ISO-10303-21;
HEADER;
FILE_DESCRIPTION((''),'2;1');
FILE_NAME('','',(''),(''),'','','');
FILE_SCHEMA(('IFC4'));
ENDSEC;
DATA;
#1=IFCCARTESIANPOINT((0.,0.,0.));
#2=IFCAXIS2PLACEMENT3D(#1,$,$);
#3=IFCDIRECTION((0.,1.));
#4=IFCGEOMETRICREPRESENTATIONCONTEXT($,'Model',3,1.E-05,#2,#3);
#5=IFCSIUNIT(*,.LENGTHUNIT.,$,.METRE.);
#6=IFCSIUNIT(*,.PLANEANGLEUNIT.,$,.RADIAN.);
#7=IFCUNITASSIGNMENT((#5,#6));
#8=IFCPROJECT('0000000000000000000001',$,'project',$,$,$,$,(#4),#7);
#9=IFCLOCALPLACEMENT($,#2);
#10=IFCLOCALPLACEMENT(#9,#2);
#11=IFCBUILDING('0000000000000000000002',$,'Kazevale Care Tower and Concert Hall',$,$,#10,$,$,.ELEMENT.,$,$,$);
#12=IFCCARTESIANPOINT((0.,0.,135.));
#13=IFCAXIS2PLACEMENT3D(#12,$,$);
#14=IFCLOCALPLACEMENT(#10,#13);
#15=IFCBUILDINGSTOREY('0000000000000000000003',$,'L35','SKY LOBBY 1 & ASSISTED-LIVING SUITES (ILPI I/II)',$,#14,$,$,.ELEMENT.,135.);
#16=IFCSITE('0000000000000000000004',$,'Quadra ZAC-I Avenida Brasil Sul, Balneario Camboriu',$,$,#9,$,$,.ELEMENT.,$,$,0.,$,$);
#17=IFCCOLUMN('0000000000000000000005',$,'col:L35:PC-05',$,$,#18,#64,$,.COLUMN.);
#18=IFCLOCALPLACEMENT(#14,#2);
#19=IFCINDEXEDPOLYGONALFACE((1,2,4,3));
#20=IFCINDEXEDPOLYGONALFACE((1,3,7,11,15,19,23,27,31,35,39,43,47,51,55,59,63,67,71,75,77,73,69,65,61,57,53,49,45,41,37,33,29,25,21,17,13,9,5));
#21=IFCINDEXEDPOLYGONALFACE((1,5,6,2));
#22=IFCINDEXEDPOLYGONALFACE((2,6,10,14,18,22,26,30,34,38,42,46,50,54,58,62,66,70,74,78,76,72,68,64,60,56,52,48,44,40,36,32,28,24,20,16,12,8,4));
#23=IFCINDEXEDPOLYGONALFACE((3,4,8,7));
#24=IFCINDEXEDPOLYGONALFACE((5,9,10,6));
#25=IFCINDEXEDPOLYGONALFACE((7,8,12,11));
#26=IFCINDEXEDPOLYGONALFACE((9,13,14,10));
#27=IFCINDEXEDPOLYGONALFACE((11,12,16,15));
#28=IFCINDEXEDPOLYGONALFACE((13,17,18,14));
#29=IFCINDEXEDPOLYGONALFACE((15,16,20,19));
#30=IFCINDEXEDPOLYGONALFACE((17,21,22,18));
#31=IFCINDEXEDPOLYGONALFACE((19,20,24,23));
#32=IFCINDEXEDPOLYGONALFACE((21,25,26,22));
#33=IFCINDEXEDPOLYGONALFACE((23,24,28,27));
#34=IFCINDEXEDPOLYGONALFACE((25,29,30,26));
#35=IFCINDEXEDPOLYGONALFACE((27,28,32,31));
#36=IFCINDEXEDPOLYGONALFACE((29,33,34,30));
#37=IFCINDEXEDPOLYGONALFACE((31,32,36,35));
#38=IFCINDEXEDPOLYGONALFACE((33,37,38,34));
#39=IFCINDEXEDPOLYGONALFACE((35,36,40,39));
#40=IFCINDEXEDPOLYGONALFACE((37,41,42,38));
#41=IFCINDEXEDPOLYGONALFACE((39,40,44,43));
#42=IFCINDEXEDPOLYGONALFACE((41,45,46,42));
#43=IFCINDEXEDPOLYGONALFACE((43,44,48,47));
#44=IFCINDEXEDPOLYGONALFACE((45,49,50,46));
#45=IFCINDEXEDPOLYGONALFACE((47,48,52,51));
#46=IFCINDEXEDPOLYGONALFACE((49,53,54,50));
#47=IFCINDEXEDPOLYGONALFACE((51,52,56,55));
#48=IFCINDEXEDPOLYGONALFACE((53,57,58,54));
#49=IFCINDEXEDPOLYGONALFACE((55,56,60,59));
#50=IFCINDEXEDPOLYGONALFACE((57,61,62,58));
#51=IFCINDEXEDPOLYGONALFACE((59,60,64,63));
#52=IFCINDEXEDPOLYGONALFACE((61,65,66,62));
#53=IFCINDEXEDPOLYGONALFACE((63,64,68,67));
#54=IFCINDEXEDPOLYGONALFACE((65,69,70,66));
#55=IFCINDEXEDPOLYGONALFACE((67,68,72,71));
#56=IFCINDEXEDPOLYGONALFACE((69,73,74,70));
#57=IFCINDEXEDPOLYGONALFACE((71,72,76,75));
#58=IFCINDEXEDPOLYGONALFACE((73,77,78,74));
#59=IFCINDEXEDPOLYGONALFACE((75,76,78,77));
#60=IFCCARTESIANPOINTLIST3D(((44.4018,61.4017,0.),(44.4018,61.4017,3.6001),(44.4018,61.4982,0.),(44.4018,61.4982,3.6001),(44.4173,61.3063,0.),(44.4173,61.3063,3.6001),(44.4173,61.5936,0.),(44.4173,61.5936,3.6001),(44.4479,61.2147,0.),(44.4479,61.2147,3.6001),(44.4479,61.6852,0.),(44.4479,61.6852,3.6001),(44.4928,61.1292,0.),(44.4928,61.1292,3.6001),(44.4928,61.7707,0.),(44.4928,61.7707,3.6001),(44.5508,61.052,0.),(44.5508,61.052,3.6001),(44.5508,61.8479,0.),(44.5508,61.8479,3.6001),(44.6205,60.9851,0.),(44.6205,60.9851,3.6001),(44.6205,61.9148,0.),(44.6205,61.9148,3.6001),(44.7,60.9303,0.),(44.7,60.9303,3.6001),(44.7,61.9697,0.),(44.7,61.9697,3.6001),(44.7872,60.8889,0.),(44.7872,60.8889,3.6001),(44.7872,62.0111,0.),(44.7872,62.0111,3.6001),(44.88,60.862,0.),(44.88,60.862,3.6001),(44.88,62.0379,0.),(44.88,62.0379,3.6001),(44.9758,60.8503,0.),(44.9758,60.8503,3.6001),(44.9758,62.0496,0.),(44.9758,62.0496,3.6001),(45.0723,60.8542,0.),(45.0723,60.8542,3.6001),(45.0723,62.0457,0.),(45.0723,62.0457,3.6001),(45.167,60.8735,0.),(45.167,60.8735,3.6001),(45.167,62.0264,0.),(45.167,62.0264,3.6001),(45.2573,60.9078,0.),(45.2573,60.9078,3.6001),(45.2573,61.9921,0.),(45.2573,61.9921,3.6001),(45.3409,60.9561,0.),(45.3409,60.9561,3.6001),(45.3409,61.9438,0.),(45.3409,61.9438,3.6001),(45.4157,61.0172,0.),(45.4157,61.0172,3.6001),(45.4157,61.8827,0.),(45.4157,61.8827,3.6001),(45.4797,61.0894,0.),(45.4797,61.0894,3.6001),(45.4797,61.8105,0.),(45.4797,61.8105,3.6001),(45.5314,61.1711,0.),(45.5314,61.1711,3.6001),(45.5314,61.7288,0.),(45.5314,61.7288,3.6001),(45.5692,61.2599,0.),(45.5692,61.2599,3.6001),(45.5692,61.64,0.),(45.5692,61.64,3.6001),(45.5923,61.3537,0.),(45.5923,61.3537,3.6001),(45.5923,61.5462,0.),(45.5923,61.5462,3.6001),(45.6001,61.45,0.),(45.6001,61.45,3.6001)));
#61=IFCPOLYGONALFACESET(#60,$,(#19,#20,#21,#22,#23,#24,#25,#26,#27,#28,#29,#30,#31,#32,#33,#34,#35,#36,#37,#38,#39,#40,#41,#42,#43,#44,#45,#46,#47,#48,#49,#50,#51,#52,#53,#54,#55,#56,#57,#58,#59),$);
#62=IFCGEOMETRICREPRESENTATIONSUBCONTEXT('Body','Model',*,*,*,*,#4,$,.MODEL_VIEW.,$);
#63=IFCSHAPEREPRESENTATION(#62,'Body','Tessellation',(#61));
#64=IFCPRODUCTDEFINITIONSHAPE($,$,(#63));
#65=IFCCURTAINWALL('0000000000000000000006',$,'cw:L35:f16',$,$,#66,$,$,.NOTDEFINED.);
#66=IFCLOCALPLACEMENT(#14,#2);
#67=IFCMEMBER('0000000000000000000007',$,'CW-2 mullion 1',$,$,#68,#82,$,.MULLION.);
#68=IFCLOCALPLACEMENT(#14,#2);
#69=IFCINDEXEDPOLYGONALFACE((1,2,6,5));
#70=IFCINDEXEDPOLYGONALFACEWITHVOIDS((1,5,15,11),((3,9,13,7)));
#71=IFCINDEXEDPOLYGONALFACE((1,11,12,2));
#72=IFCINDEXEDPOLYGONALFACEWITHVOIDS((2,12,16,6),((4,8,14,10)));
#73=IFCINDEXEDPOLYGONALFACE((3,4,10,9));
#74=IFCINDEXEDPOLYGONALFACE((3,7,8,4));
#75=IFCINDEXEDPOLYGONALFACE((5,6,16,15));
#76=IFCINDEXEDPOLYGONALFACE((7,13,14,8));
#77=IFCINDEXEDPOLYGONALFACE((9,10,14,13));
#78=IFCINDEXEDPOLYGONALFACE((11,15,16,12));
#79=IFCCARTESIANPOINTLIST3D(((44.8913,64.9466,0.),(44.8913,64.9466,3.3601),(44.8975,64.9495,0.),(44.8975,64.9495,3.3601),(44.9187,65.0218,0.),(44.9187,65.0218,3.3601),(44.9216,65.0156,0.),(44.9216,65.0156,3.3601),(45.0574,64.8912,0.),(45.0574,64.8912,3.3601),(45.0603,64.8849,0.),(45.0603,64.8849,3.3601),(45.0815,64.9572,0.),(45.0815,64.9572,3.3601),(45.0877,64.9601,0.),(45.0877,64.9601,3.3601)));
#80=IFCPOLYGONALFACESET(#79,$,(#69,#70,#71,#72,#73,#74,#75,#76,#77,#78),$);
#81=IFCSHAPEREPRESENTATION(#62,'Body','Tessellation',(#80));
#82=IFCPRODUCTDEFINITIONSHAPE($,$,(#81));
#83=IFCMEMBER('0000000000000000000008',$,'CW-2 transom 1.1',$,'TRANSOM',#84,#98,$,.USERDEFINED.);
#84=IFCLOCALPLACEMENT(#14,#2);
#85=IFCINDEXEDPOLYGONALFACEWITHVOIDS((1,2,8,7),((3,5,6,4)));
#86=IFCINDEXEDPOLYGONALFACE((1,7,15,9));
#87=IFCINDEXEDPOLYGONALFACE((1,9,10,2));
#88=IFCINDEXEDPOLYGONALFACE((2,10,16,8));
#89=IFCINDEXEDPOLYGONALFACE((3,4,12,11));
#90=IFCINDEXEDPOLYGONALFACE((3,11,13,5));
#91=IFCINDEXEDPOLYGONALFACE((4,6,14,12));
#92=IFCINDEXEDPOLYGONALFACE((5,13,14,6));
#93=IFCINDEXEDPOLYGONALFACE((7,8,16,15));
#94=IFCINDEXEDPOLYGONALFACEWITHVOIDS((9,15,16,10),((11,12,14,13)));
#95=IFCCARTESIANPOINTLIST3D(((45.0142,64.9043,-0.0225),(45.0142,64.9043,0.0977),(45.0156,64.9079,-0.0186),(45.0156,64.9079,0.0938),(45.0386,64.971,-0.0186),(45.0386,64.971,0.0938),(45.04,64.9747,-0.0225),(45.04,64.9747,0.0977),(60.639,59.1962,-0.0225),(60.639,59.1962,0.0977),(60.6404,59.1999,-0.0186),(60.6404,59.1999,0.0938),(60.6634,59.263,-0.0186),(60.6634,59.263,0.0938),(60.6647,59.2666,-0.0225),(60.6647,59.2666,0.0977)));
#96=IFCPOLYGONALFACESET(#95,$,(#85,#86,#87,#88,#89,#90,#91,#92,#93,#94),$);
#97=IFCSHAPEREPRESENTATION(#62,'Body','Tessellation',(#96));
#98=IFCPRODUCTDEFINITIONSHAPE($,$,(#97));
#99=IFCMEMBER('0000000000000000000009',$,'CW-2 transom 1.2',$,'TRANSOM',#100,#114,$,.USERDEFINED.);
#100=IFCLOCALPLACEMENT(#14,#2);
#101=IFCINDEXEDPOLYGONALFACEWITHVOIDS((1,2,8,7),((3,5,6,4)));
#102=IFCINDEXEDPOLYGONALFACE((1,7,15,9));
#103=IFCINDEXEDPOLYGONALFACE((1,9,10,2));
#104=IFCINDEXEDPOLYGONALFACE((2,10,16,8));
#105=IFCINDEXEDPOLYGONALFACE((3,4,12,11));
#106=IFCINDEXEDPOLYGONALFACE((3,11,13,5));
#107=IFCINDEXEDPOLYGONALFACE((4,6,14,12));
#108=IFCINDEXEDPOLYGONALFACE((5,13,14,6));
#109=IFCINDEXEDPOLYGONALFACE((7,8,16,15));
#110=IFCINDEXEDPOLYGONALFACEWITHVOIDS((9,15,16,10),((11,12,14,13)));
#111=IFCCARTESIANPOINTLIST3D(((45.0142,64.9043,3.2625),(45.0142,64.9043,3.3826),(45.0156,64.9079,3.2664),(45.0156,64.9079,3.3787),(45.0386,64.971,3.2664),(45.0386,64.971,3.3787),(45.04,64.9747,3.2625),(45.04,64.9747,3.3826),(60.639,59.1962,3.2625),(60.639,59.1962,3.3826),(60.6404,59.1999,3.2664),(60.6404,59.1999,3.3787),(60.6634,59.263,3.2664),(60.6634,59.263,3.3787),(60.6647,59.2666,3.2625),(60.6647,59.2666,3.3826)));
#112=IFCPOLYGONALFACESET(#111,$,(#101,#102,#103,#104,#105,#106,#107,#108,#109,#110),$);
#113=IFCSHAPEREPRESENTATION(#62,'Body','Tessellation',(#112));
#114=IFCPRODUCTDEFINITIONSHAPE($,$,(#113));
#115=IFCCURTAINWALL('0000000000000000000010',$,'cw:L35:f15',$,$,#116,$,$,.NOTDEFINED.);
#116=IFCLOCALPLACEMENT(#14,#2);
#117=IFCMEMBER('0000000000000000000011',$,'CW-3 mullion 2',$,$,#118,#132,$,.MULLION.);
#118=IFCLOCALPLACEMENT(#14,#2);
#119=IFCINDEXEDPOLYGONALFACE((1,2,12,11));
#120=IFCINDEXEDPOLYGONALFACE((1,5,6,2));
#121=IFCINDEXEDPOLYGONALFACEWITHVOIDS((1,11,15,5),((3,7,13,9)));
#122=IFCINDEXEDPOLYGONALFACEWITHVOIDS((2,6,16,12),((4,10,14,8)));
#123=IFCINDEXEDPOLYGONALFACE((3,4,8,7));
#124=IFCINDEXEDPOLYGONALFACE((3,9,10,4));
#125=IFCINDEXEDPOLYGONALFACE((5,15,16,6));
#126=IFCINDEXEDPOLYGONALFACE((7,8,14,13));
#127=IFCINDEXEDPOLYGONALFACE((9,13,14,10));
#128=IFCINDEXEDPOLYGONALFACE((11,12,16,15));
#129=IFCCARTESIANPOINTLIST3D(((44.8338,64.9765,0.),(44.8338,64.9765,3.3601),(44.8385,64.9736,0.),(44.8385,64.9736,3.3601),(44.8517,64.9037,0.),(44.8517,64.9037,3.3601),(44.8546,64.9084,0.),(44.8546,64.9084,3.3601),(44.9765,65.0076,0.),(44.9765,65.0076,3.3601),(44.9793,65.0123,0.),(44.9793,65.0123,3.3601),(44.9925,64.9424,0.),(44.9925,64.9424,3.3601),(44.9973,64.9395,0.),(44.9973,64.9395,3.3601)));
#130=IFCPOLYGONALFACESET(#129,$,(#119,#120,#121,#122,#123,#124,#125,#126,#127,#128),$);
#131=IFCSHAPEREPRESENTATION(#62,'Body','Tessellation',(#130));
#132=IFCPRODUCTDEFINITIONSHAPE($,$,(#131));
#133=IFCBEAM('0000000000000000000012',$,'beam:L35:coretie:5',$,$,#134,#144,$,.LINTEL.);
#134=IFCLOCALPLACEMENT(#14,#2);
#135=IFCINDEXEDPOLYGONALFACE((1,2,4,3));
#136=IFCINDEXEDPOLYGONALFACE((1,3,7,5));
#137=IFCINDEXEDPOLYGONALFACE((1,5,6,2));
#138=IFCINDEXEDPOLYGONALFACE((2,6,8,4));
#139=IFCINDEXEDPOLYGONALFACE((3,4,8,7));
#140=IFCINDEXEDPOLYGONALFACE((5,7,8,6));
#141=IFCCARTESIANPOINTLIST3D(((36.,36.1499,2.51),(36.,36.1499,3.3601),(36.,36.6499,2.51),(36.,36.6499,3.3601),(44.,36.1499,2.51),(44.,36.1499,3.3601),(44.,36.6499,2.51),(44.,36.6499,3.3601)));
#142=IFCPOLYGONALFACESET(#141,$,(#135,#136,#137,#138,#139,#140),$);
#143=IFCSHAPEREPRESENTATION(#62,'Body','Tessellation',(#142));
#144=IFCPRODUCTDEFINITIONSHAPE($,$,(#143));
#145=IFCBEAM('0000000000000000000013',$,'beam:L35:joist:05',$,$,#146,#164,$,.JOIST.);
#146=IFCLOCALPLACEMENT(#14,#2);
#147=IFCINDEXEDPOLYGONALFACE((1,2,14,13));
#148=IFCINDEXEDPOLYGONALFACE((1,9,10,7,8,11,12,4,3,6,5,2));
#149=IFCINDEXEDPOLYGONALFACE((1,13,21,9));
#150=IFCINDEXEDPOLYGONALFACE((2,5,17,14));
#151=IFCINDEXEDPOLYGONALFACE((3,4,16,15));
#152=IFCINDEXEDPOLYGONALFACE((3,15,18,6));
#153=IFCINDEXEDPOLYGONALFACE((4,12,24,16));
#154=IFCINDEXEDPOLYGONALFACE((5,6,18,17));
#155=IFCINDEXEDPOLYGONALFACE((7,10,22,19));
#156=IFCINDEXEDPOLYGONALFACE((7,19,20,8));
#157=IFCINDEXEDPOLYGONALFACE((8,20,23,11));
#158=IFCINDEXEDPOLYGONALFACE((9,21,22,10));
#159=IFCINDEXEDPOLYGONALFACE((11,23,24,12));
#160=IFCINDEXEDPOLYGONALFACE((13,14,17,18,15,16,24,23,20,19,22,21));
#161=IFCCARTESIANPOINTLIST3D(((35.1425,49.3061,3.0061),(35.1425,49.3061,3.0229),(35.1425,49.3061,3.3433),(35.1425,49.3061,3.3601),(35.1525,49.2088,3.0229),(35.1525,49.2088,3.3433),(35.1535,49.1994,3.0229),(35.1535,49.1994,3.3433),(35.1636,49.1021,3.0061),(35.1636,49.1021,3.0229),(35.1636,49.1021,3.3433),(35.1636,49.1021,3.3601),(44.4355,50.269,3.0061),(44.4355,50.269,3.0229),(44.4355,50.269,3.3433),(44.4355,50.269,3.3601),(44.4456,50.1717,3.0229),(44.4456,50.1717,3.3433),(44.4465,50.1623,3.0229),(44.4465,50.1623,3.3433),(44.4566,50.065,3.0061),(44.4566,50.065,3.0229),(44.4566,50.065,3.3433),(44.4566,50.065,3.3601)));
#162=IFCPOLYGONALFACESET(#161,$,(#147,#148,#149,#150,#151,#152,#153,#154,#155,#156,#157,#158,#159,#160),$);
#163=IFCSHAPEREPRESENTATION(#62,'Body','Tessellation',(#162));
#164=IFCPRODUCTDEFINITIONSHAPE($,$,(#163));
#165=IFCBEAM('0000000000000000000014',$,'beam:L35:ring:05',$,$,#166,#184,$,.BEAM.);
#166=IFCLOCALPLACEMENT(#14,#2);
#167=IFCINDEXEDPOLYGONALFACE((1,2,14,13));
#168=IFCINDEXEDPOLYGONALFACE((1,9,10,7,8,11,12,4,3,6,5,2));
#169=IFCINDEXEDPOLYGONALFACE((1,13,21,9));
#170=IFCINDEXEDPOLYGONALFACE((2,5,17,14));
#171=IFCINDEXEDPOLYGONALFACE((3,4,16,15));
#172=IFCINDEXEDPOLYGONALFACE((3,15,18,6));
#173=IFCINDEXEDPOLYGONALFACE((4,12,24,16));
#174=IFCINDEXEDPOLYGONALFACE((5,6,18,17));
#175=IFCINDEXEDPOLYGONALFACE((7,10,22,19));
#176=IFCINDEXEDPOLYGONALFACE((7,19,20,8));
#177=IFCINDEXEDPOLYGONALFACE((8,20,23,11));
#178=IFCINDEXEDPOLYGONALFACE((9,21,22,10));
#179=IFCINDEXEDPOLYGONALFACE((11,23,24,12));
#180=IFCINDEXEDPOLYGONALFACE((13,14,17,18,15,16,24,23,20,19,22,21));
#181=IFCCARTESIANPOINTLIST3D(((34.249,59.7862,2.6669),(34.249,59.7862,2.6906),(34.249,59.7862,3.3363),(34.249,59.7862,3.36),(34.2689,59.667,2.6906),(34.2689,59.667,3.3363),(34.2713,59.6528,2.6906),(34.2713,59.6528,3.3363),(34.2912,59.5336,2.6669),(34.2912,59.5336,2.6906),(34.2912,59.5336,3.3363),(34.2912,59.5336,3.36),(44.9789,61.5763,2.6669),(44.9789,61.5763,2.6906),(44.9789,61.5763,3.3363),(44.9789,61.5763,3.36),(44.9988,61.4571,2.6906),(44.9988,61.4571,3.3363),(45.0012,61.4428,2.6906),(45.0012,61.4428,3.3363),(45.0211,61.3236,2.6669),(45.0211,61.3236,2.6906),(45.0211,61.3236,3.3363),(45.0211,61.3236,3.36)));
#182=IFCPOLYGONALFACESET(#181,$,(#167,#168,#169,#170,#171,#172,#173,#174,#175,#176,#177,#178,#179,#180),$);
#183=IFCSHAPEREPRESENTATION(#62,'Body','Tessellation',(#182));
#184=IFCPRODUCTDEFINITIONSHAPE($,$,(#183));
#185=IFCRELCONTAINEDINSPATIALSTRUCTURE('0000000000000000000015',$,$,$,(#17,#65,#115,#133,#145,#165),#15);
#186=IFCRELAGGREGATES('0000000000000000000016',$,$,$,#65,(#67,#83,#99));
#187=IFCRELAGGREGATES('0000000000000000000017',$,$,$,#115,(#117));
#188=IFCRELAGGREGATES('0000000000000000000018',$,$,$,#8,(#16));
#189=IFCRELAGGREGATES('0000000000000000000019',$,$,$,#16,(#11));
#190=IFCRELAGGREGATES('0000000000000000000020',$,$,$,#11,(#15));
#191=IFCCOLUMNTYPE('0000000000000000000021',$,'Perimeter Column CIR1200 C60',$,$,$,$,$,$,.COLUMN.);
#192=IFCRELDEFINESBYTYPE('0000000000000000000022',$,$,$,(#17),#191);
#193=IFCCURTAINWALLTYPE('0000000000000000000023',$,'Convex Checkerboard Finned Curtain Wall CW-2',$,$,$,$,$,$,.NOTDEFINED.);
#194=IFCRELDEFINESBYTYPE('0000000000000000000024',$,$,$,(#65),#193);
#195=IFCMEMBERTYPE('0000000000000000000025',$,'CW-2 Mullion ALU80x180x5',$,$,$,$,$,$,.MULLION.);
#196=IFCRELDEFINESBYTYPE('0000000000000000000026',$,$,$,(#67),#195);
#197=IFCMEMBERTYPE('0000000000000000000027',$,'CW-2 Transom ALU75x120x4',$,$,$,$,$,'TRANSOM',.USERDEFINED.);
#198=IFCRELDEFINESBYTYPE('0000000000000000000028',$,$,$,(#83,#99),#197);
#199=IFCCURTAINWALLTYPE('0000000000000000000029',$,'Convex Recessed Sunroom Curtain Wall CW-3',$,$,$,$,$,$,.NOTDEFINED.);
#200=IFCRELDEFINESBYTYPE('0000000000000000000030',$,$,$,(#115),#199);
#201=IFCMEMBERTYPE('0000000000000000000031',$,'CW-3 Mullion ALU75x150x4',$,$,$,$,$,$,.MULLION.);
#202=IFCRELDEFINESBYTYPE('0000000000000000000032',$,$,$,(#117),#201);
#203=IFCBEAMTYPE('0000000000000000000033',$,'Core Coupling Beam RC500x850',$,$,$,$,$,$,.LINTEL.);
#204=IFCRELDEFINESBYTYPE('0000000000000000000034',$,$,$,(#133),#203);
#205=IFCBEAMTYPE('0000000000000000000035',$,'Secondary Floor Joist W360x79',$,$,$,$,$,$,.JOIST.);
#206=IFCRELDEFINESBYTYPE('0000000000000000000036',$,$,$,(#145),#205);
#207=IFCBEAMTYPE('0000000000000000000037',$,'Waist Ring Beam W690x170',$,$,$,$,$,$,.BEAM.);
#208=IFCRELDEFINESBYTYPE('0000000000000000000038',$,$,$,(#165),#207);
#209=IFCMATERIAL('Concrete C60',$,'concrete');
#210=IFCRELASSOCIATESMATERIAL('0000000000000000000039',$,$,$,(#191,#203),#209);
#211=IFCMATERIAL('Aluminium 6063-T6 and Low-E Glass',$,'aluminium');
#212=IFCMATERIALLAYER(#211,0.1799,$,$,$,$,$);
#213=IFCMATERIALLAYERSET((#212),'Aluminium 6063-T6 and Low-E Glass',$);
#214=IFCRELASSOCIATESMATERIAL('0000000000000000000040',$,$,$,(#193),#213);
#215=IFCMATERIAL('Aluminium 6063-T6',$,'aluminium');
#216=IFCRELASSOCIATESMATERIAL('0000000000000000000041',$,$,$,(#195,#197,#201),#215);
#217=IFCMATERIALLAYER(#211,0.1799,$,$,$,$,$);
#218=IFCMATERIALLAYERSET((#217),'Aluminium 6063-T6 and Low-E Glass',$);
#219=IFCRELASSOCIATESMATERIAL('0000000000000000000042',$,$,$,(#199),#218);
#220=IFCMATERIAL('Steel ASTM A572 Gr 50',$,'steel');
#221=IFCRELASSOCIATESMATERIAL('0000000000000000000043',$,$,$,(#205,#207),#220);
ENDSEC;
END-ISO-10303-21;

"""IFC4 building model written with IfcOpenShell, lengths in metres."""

from ifc_helpers import new_model, si_unit, direction, frame, origin, origin_2d, place, context, subcontext, project, spatial, rectangle, hollow_rectangle, circle, i_section, extrude, material, layer, layer_set, material_profile, profile_set, type_object, element, aggregate, save


model = new_model("IFC4")

# Units and contexts
model_context = context("Model", 3, precision=1e-05, world=origin(), true_north=direction((0.0, 1.0)))
body_context = subcontext(model_context, "Body", "Model", "MODEL_VIEW")
ifc_project = project(units=[si_unit("LENGTHUNIT", "METRE"), si_unit("PLANEANGLEUNIT", "RADIAN")], contexts=[model_context])

# Site, building, storey
site_placement = place(None, origin())
site = spatial("IfcSite", under=ifc_project, at=site_placement, Name="Quadra ZAC-I Avenida Brasil Sul, Balneario Camboriu", CompositionType="ELEMENT", RefElevation=0.0)
building_placement = place(site_placement, origin())
building = spatial("IfcBuilding", under=site, at=building_placement, Name="Kazevale Care Tower and Concert Hall", CompositionType="ELEMENT")
storey_placement = place(building_placement, frame((0.0, 0.0, 135.0)))
storey = spatial("IfcBuildingStorey", under=building, at=storey_placement, Name="L35", Description="SKY LOBBY 1 & ASSISTED-LIVING SUITES (ILPI I/II)", CompositionType="ELEMENT", Elevation=135.0)

# Column
ifc_material_1 = material(Name="Concrete C60", Category="concrete")
ifc_material_profile_1 = material_profile(ifc_material_1, circle(Radius=0.6001, at=origin_2d()), Name="RC-CIR1200")
ifc_profile_set_1 = profile_set([ifc_material_profile_1], Name="Concrete C60")
column_type = type_object("IfcColumnType", Name="Perimeter Column CIR1200 C60", PredefinedType="COLUMN", material=ifc_profile_set_1)
column_placement = place(storey_placement, frame((45.0, 61.45, 0.0), z_axis=(0.0, 0.0, 1.0), x_axis=(1.0, 0.0, 0.0)))
element("IfcColumn", 1, at=column_placement, inside=storey, type_object=column_type, Name="col:L35:PC-05", PredefinedType="COLUMN", context=body_context, shape_type="SweptSolid", body=[
    extrude(circle(Radius=0.6001, at=origin_2d()), origin(), (0.0, 0.0, 1.0), 3.6001),
])

# Curtain wall, members
ifc_material_2 = material(Name="Aluminium 6063-T6 and Low-E Glass", Category="aluminium")
ifc_layer_1 = layer(ifc_material_2, 0.1799)
ifc_layer_set_1 = layer_set([ifc_layer_1], Name="Aluminium 6063-T6 and Low-E Glass")
curtain_wall_type_1 = type_object("IfcCurtainWallType", Name="Convex Checkerboard Finned Curtain Wall CW-2", PredefinedType="NOTDEFINED", material=ifc_layer_set_1)
curtain_wall_1_placement = place(storey_placement, origin())
curtain_wall_1 = element("IfcCurtainWall", 2, at=curtain_wall_1_placement, inside=storey, type_object=curtain_wall_type_1, Name="cw:L35:f16", PredefinedType="NOTDEFINED")
ifc_material_3 = material(Name="Aluminium 6063-T6", Category="aluminium")
ifc_material_profile_2 = material_profile(ifc_material_3, hollow_rectangle(XDim=0.0801, YDim=0.1799, WallThickness=0.0049, at=origin_2d()), Name="ALU80x180x5")
ifc_profile_set_2 = profile_set([ifc_material_profile_2], Name="Aluminium 6063-T6")
member_type_1 = type_object("IfcMemberType", Name="CW-2 Mullion ALU80x180x5", PredefinedType="MULLION", material=ifc_profile_set_2)
member_1_placement = place(storey_placement, frame((44.9895, 64.9534, 0.0), z_axis=(0.0, 0.0, 1.0), x_axis=(0.343143, 0.939283, 0.0)))
member_1 = element("IfcMember", 3, at=member_1_placement, type_object=member_type_1, Name="CW-2 mullion 1", PredefinedType="MULLION", context=body_context, shape_type="SweptSolid", body=[
    extrude(hollow_rectangle(XDim=0.0801, YDim=0.1799, WallThickness=0.0049, at=origin_2d()), origin(), (0.0, 0.0, 1.0), 3.3601),
])
ifc_material_profile_3 = material_profile(ifc_material_3, hollow_rectangle(XDim=0.075, YDim=0.1201, WallThickness=0.0039, at=origin_2d()), Name="ALU75x120x4")
ifc_profile_set_3 = profile_set([ifc_material_profile_3], Name="Aluminium 6063-T6")
member_type_2 = type_object("IfcMemberType", Name="CW-2 Transom ALU75x120x4", ElementType="TRANSOM", PredefinedType="USERDEFINED", material=ifc_profile_set_3)
member_2_placement = place(storey_placement, frame((45.0271, 64.9395, 0.0376), z_axis=(0.939285, -0.343138, 0.0), x_axis=(0.343138, 0.939285, 0.0)))
member_2 = element("IfcMember", 4, at=member_2_placement, type_object=member_type_2, Name="CW-2 transom 1.1", ObjectType="TRANSOM", PredefinedType="USERDEFINED", context=body_context, shape_type="SweptSolid", body=[
    extrude(hollow_rectangle(XDim=0.075, YDim=0.1201, WallThickness=0.0039, at=origin_2d()), origin(), (0.0, 0.0, 1.0), 16.6348),
])
member_3_placement = place(storey_placement, frame((45.0271, 64.9395, 3.3225), z_axis=(0.939285, -0.343138, 0.0), x_axis=(0.343138, 0.939285, 0.0)))
member_3 = element("IfcMember", 5, at=member_3_placement, type_object=member_type_2, Name="CW-2 transom 1.2", ObjectType="TRANSOM", PredefinedType="USERDEFINED", context=body_context, shape_type="SweptSolid", body=[
    extrude(hollow_rectangle(XDim=0.075, YDim=0.1201, WallThickness=0.0039, at=origin_2d()), origin(), (0.0, 0.0, 1.0), 16.6348),
])
aggregate(curtain_wall_1, [member_1, member_2, member_3])

# Curtain wall, member
ifc_layer_2 = layer(ifc_material_2, 0.1799)
ifc_layer_set_2 = layer_set([ifc_layer_2], Name="Aluminium 6063-T6 and Low-E Glass")
curtain_wall_type_2 = type_object("IfcCurtainWallType", Name="Convex Recessed Sunroom Curtain Wall CW-3", PredefinedType="NOTDEFINED", material=ifc_layer_set_2)
curtain_wall_2_placement = place(storey_placement, origin())
curtain_wall_2 = element("IfcCurtainWall", 6, at=curtain_wall_2_placement, inside=storey, type_object=curtain_wall_type_2, Name="cw:L35:f15", PredefinedType="NOTDEFINED")
ifc_material_profile_4 = material_profile(ifc_material_3, hollow_rectangle(XDim=0.075, YDim=0.1499, WallThickness=0.0039, at=origin_2d()), Name="ALU75x150x4")
ifc_profile_set_4 = profile_set([ifc_material_profile_4], Name="Aluminium 6063-T6")
member_type_3 = type_object("IfcMemberType", Name="CW-3 Mullion ALU75x150x4", PredefinedType="MULLION", material=ifc_profile_set_4)
member_4_placement = place(storey_placement, frame((44.9155, 64.958, 0.0), z_axis=(0.0, 0.0, 1.0), x_axis=(-0.239089, 0.970998, 0.0)))
member_4 = element("IfcMember", 7, at=member_4_placement, type_object=member_type_3, Name="CW-3 mullion 2", PredefinedType="MULLION", context=body_context, shape_type="SweptSolid", body=[
    extrude(hollow_rectangle(XDim=0.075, YDim=0.1499, WallThickness=0.0039, at=origin_2d()), origin(), (0.0, 0.0, 1.0), 3.3601),
])

# Beams
ifc_material_profile_5 = material_profile(ifc_material_1, rectangle(XDim=0.5, YDim=0.8501, at=origin_2d()), Name="RC-B500x850")
ifc_profile_set_5 = profile_set([ifc_material_profile_5], Name="Concrete C60")
beam_type_1 = type_object("IfcBeamType", Name="Core Coupling Beam RC500x850", PredefinedType="LINTEL", material=ifc_profile_set_5)
beam_1_placement = place(storey_placement, frame((44.0, 36.3999, 2.9351), z_axis=(-1.0, 0.0, 0.0), x_axis=(0.0, -1.0, 0.0)))
element("IfcBeam", 8, at=beam_1_placement, inside=storey, type_object=beam_type_1, Name="beam:L35:coretie:5", PredefinedType="LINTEL", context=body_context, shape_type="SweptSolid", body=[
    extrude(rectangle(XDim=0.5, YDim=0.8501, at=origin_2d()), origin(), (0.0, 0.0, 1.0), 8.0),
])
ifc_material_4 = material(Name="Steel ASTM A572 Gr 50", Category="steel")
ifc_material_profile_6 = material_profile(ifc_material_4, i_section(OverallWidth=0.2051, OverallDepth=0.354, WebThickness=0.0095, FlangeThickness=0.0168, at=origin_2d()), Name="W360x79")
ifc_profile_set_6 = profile_set([ifc_material_profile_6], Name="Steel ASTM A572 Gr 50")
beam_type_2 = type_object("IfcBeamType", Name="Secondary Floor Joist W360x79", PredefinedType="JOIST", material=ifc_profile_set_6)
beam_2_placement = place(storey_placement, frame((44.446, 50.167, 3.1831), z_axis=(-0.994675, -0.103063, 0.0), x_axis=(0.103063, -0.994675, 0.0)))
element("IfcBeam", 9, at=beam_2_placement, inside=storey, type_object=beam_type_2, Name="beam:L35:joist:05", PredefinedType="JOIST", context=body_context, shape_type="SweptSolid", body=[
    extrude(i_section(OverallWidth=0.2051, OverallDepth=0.354, WebThickness=0.0095, FlangeThickness=0.0168, at=origin_2d()), origin(), (0.0, 0.0, 1.0), 9.3428),
])
ifc_material_profile_7 = material_profile(ifc_material_4, i_section(OverallWidth=0.2561, OverallDepth=0.6931, WebThickness=0.0144, FlangeThickness=0.0237, at=origin_2d()), Name="W690x170")
ifc_profile_set_7 = profile_set([ifc_material_profile_7], Name="Steel ASTM A572 Gr 50")
beam_type_3 = type_object("IfcBeamType", Name="Waist Ring Beam W690x170", PredefinedType="BEAM", material=ifc_profile_set_7)
beam_3_placement = place(storey_placement, frame((45.0, 61.45, 3.0134), z_axis=(-0.986368, -0.164552, 0.0), x_axis=(0.164552, -0.986368, 0.0)))
element("IfcBeam", 10, at=beam_3_placement, inside=storey, type_object=beam_type_3, Name="beam:L35:ring:05", PredefinedType="BEAM", context=body_context, shape_type="SweptSolid", body=[
    extrude(i_section(OverallWidth=0.2561, OverallDepth=0.6931, WebThickness=0.0144, FlangeThickness=0.0237, at=origin_2d()), origin(), (0.0, 0.0, 1.0), 10.8782),
])

aggregate(curtain_wall_2, [member_4])

save(model, "model.ifc")
